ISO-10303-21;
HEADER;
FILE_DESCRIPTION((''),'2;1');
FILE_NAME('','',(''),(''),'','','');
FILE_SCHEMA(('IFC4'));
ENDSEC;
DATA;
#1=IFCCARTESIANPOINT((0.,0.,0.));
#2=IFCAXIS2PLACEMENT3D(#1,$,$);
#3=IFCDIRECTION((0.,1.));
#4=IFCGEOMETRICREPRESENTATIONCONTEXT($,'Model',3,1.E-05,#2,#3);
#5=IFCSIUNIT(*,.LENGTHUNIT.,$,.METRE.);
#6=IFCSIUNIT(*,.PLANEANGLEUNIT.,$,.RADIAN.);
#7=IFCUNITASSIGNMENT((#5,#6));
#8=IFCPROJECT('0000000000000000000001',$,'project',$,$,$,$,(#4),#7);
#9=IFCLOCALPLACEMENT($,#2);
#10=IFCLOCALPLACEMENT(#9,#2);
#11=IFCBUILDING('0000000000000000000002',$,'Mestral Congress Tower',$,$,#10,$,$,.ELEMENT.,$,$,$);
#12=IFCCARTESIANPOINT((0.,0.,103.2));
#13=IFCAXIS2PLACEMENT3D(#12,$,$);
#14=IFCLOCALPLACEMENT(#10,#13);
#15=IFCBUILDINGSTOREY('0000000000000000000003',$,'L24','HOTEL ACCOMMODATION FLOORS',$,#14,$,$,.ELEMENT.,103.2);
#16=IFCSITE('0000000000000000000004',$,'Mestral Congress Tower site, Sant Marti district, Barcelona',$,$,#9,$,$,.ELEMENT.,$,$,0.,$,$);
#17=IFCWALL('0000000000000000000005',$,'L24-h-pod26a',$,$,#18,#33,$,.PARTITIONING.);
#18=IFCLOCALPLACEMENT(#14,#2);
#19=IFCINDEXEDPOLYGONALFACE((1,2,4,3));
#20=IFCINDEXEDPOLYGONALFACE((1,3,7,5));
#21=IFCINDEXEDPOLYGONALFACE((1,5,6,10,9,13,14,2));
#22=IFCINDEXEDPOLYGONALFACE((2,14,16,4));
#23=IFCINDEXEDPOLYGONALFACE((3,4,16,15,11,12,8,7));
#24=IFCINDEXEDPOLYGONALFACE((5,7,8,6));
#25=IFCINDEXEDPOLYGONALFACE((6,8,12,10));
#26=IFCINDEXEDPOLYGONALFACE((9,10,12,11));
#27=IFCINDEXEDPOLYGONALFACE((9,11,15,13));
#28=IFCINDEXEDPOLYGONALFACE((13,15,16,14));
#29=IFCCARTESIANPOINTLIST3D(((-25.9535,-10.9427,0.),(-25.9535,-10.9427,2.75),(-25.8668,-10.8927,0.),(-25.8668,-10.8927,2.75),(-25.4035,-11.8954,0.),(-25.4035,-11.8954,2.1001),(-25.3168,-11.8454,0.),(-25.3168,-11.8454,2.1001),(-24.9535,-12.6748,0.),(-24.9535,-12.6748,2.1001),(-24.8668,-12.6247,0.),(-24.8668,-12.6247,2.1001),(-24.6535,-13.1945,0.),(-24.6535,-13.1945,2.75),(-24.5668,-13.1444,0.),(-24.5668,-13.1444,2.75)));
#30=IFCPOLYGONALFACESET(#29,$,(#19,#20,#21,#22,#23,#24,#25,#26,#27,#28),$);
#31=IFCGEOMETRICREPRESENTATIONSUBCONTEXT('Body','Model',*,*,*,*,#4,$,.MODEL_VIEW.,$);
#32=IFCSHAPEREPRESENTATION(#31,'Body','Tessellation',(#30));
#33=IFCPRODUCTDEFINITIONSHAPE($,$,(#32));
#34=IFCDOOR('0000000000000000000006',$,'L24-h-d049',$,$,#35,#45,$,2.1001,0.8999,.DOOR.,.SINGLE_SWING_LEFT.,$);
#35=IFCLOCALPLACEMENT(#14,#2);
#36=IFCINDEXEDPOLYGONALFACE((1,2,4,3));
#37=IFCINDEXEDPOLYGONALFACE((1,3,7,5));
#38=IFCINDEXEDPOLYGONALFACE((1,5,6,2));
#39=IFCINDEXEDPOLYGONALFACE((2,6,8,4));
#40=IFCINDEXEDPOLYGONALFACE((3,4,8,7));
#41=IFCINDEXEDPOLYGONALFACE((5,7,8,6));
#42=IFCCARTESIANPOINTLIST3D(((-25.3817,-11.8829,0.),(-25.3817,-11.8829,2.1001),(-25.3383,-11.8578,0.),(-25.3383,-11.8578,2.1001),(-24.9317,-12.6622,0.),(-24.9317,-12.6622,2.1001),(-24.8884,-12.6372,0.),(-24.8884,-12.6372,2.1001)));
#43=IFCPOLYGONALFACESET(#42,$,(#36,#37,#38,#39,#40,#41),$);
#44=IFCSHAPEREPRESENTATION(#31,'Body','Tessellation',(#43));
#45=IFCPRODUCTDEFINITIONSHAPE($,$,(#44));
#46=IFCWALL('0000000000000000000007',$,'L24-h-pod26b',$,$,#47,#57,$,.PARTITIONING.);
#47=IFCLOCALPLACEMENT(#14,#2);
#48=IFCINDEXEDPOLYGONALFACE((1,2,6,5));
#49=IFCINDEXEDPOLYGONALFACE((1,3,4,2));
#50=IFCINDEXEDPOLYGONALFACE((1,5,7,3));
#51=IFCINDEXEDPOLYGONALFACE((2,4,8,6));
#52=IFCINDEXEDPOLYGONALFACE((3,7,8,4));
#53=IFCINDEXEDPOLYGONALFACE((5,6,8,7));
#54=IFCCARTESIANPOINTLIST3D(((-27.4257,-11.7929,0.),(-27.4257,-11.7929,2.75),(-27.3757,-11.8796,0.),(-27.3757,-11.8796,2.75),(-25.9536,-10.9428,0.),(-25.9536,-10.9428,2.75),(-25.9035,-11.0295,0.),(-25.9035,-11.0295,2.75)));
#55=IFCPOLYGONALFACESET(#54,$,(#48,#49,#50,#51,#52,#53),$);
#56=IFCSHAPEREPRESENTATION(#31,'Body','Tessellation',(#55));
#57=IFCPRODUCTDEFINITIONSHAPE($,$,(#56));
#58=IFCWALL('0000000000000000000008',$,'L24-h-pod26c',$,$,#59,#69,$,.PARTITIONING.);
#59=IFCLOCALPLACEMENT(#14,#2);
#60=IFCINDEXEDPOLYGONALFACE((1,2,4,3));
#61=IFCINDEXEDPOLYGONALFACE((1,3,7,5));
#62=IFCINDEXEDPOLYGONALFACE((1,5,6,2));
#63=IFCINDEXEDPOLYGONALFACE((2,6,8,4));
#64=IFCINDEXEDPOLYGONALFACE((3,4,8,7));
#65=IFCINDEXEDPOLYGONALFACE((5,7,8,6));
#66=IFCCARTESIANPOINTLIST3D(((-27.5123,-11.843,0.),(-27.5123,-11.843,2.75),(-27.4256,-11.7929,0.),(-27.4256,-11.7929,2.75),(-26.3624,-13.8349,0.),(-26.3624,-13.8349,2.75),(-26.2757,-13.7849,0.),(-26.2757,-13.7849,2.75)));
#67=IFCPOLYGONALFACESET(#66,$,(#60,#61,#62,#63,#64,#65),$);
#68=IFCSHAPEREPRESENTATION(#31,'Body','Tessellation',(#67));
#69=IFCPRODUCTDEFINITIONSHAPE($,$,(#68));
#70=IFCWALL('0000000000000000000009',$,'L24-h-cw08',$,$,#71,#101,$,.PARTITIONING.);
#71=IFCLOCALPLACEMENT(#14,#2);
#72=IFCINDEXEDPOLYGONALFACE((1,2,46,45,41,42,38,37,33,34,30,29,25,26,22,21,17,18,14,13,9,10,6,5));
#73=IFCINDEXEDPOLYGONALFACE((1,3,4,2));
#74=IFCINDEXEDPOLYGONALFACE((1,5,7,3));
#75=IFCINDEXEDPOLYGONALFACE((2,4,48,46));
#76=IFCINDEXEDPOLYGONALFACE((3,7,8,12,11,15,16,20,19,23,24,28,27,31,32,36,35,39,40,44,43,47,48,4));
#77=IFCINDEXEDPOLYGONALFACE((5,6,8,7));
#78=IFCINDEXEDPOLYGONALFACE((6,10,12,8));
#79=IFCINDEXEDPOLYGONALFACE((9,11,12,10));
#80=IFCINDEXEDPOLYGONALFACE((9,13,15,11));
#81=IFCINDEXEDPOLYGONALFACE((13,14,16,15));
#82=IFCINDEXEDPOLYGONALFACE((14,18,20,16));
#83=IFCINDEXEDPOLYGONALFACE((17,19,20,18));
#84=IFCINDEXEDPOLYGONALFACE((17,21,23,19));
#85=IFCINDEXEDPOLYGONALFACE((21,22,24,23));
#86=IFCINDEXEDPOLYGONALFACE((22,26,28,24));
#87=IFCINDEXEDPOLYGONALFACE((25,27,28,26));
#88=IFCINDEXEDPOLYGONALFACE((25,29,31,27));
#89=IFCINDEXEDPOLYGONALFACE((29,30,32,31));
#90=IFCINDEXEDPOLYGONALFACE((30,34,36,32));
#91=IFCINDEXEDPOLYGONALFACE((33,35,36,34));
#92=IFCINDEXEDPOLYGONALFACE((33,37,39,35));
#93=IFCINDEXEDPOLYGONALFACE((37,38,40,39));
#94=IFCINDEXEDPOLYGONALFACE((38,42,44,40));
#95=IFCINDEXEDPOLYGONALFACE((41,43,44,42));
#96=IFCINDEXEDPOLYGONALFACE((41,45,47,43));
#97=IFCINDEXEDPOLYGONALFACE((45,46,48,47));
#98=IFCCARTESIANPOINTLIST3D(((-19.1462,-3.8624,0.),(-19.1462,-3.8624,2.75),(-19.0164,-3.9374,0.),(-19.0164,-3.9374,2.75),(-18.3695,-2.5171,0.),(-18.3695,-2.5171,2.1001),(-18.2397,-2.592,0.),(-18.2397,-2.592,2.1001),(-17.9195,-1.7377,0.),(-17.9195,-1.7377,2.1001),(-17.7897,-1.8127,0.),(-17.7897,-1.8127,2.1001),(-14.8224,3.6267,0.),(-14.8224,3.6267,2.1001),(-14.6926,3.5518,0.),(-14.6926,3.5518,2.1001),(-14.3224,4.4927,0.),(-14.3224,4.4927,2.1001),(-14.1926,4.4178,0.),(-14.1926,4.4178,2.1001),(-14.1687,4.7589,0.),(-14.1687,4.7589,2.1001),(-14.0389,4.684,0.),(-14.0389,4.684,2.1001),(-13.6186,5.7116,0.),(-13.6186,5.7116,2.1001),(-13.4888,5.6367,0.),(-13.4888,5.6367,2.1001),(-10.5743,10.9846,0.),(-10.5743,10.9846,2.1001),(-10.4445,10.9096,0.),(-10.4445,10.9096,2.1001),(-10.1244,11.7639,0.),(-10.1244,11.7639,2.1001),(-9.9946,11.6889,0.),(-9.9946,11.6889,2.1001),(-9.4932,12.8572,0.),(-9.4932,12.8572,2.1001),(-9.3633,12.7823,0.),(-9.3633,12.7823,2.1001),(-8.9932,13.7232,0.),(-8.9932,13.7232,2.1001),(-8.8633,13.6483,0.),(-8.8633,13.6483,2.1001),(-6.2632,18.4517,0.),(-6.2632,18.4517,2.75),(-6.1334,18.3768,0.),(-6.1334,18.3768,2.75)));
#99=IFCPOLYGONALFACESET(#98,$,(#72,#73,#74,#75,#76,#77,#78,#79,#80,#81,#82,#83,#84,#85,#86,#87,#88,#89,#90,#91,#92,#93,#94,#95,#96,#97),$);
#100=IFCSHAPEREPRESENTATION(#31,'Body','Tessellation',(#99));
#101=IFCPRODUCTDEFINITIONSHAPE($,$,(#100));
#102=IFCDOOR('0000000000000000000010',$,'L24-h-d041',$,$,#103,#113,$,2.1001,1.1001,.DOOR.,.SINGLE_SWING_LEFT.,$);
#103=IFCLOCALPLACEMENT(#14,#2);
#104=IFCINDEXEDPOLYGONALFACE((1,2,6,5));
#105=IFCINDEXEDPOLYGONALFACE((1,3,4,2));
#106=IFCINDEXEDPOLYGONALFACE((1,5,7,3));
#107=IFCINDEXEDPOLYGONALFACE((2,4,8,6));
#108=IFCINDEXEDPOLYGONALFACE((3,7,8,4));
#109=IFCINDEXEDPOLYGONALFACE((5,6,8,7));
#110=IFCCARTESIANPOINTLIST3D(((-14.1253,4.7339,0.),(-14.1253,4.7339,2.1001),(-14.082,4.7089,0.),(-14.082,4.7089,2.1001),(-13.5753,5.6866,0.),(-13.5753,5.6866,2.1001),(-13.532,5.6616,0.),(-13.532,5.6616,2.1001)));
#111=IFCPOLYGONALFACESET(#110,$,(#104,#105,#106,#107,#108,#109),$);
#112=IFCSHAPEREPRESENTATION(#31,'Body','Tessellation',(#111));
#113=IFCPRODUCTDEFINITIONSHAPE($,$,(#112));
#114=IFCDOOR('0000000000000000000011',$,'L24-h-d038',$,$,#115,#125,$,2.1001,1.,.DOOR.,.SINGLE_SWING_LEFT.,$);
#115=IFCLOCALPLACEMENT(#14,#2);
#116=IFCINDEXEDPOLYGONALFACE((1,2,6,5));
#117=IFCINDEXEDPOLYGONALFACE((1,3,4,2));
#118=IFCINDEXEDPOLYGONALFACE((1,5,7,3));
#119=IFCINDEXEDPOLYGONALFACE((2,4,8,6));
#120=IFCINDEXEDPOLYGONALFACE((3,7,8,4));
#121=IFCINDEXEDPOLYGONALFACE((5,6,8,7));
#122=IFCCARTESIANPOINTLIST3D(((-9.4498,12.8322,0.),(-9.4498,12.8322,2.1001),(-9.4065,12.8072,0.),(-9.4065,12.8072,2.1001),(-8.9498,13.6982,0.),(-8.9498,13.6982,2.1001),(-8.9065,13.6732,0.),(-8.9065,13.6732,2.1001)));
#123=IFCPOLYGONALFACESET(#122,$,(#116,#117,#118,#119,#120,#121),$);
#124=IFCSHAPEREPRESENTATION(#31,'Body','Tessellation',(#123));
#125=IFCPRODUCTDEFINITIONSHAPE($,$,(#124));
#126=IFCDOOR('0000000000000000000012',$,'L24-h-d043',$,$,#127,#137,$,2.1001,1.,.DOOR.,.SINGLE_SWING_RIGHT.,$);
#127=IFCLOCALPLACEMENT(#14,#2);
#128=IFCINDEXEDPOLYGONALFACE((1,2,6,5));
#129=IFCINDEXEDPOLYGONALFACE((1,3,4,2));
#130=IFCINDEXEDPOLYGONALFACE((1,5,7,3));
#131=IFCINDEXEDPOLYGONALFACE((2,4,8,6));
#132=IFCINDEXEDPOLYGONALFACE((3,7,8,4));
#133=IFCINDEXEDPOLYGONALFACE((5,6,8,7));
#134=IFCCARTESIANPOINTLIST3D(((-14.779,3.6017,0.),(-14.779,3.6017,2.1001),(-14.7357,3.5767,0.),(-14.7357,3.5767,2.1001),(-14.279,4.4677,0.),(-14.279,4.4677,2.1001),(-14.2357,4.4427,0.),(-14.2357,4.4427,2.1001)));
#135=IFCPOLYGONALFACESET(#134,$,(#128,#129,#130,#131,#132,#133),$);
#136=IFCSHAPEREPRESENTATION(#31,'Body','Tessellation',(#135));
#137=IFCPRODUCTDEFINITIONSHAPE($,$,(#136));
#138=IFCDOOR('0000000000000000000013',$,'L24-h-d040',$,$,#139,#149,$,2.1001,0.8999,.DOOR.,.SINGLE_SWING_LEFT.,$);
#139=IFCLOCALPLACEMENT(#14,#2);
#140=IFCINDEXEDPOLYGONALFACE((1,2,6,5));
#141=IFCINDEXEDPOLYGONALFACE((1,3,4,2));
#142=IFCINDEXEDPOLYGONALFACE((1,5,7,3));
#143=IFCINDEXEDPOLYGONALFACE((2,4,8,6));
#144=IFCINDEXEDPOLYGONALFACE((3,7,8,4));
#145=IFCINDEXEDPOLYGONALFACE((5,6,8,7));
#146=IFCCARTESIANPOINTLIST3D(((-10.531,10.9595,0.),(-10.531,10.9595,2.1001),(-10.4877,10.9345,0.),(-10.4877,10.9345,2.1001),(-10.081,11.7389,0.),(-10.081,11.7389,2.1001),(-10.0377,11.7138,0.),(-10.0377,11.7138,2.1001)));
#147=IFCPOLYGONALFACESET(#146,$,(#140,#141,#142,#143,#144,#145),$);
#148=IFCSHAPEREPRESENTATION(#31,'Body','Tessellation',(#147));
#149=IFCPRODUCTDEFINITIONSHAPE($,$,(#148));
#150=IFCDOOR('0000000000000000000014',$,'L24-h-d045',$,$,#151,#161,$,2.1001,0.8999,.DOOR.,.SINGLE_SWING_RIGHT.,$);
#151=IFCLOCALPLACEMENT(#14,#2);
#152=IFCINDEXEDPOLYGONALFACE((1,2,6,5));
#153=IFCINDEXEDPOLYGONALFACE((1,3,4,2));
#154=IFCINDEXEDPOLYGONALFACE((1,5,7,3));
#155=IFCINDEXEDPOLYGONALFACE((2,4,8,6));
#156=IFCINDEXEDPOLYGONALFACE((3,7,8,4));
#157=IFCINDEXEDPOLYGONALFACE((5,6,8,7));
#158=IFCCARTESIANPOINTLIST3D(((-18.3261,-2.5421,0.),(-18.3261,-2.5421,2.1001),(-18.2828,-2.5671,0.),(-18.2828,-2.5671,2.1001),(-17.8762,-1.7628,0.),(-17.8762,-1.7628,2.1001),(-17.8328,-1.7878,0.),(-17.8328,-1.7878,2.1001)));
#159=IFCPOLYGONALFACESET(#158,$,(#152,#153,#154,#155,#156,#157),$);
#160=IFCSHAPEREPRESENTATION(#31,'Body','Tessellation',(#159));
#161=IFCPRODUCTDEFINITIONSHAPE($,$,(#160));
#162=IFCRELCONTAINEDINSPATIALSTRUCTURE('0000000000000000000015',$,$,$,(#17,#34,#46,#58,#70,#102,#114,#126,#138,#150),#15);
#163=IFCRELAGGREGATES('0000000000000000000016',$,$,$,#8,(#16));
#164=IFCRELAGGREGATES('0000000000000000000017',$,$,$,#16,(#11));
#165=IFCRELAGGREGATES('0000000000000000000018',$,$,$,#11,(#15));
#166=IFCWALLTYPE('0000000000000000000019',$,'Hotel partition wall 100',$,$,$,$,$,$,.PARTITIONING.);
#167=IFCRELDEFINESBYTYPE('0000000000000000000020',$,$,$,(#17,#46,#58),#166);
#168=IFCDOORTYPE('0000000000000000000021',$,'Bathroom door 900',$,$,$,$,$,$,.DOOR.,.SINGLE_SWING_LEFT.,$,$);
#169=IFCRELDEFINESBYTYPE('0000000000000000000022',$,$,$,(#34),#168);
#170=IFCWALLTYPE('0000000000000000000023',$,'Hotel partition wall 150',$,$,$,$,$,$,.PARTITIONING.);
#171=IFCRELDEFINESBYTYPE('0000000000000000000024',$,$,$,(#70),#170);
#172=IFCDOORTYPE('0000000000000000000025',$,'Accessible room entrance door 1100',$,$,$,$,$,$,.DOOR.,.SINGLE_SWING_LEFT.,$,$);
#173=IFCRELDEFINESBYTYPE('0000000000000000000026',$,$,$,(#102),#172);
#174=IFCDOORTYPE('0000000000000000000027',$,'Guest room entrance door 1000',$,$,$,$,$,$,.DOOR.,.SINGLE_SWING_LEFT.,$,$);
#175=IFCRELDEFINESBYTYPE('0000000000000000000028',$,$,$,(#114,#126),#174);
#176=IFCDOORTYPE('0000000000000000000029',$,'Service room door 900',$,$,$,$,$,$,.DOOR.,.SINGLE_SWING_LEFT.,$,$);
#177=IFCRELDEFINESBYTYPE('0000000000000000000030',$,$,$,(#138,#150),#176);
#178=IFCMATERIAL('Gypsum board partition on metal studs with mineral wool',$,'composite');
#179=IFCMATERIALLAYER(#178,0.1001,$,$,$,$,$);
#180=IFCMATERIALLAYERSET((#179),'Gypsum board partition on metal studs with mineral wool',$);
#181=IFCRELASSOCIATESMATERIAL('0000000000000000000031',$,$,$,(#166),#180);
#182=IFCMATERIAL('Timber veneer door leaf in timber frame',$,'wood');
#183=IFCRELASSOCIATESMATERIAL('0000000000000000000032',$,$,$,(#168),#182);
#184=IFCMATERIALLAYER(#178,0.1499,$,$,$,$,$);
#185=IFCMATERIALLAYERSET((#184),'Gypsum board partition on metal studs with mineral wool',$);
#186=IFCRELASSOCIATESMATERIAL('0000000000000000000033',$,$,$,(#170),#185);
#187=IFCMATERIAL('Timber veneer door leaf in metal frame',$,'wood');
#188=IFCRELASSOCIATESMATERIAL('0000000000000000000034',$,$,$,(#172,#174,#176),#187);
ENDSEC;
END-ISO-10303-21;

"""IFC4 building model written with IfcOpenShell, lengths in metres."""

from ifc_helpers import new_model, si_unit, direction, frame, frame_2d, origin, place, context, subcontext, project, spatial, rectangle, extrude, material, layer, layer_set, type_object, element, fill, save


model = new_model("IFC4")

# Units and contexts
model_context = context("Model", 3, precision=1e-05, world=origin(), true_north=direction((0.0, 1.0)))
body_context = subcontext(model_context, "Body", "Model", "MODEL_VIEW")
ifc_project = project(units=[si_unit("LENGTHUNIT", "METRE"), si_unit("PLANEANGLEUNIT", "RADIAN")], contexts=[model_context])

# Site, building, storey
site_placement = place(None, origin())
site = spatial("IfcSite", under=ifc_project, at=site_placement, Name="Mestral Congress Tower site, Sant Marti district, Barcelona", CompositionType="ELEMENT", RefElevation=0.0)
building_placement = place(site_placement, origin())
building = spatial("IfcBuilding", under=site, at=building_placement, Name="Mestral Congress Tower", CompositionType="ELEMENT")
storey_placement = place(building_placement, frame((0.0, 0.0, 103.2)))
storey = spatial("IfcBuildingStorey", under=building, at=storey_placement, Name="L24", Description="HOTEL ACCOMMODATION FLOORS", CompositionType="ELEMENT", Elevation=103.2)

# Shared definitions
ifc_material_1 = material(Name="Gypsum board partition on metal studs with mineral wool", Category="composite")
ifc_layer_1 = layer(ifc_material_1, 0.1001)
ifc_layer_set_1 = layer_set([ifc_layer_1], Name="Gypsum board partition on metal studs with mineral wool")
wall_type_1 = type_object("IfcWallType", Name="Hotel partition wall 100", PredefinedType="PARTITIONING", material=ifc_layer_set_1)
ifc_material_2 = material(Name="Timber veneer door leaf in timber frame", Category="wood")
door_type_1 = type_object("IfcDoorType", Name="Bathroom door 900", OperationType="SINGLE_SWING_LEFT", PredefinedType="DOOR", material=ifc_material_2)

# Wall, opening, door
wall_1_placement = place(storey_placement, frame((-24.6101, -13.1694, 0.0), z_axis=(0.0, 0.0, 1.0), x_axis=(-0.500007, 0.866021, 0.0)))
wall_1 = element("IfcWall", 1, at=wall_1_placement, inside=storey, type_object=wall_type_1, Name="L24-h-pod26a", PredefinedType="PARTITIONING", context=body_context, shape_type="SweptSolid", body=[
    extrude(rectangle(XDim=2.6001, YDim=0.1001, at=frame_2d((1.3, 0.0))), origin(), (0.0, 0.0, 1.0), 2.75),
])
opening_1_placement = place(wall_1_placement, frame((0.6001, 0.0, 0.0)))
opening_1 = element("IfcOpeningElement", 2, at=opening_1_placement, cuts=wall_1, PredefinedType="OPENING", context=body_context, shape_type="SweptSolid", body=[
    extrude(rectangle(XDim=0.8999, YDim=2.1001, at=frame_2d((0.45, 1.05))), frame((0.0, 0.0601, 0.0), z_axis=(0.0, -1.0, 0.0), x_axis=(1.0, 0.0, 0.0)), (0.0, 0.0, 1.0), 0.1201),
])
door_1_placement = place(opening_1_placement, origin())
door_1 = element("IfcDoor", 3, at=door_1_placement, inside=storey, type_object=door_type_1, Name="L24-h-d049", OperationType="SINGLE_SWING_LEFT", OverallHeight=2.1001, OverallWidth=0.8999, PredefinedType="DOOR", context=body_context, shape_type="SweptSolid", body=[
    extrude(rectangle(XDim=0.8999, YDim=2.1001, at=frame_2d((0.45, 1.05))), frame((0.0, 0.0249, 0.0), z_axis=(0.0, -1.0, 0.0), x_axis=(1.0, 0.0, 0.0)), (0.0, 0.0, 1.0), 0.05),
])
fill(opening_1, door_1)

# Walls
wall_2_placement = place(storey_placement, frame((-25.9285, -10.9861, 0.0), z_axis=(0.0, 0.0, 1.0), x_axis=(-0.865989, -0.500062, 0.0)))
element("IfcWall", 4, at=wall_2_placement, inside=storey, type_object=wall_type_1, Name="L24-h-pod26b", PredefinedType="PARTITIONING", context=body_context, shape_type="SweptSolid", body=[
    extrude(rectangle(XDim=1.7, YDim=0.1001, at=frame_2d((0.8501, 0.0))), origin(), (0.0, 0.0, 1.0), 2.75),
])
wall_3_placement = place(storey_placement, frame((-26.3191, -13.8098, 0.0), z_axis=(0.0, 0.0, 1.0), x_axis=(-0.499952, 0.866053, 0.0)))
element("IfcWall", 5, at=wall_3_placement, inside=storey, type_object=wall_type_1, Name="L24-h-pod26c", PredefinedType="PARTITIONING", context=body_context, shape_type="SweptSolid", body=[
    extrude(rectangle(XDim=2.3, YDim=0.1001, at=frame_2d((1.1499, 0.0))), origin(), (0.0, 0.0, 1.0), 2.75),
])

# Wall, openings, doors
ifc_layer_2 = layer(ifc_material_1, 0.1499)
ifc_layer_set_2 = layer_set([ifc_layer_2], Name="Gypsum board partition on metal studs with mineral wool")
wall_type_2 = type_object("IfcWallType", Name="Hotel partition wall 150", PredefinedType="PARTITIONING", material=ifc_layer_set_2)
wall_4_placement = place(storey_placement, frame((-19.0813, -3.8999, 0.0), z_axis=(0.0, 0.0, 1.0), x_axis=(0.499998, 0.866026, 0.0)))
wall_4 = element("IfcWall", 6, at=wall_4_placement, inside=storey, type_object=wall_type_2, Name="L24-h-cw08", PredefinedType="PARTITIONING", context=body_context, shape_type="SweptSolid", body=[
    extrude(rectangle(XDim=25.7661, YDim=0.1499, at=frame_2d((12.8831, 0.0))), origin(), (0.0, 0.0, 1.0), 2.75),
])
opening_2_placement = place(wall_4_placement, frame((19.3062, 0.0, 0.0)))
opening_2 = element("IfcOpeningElement", 7, at=opening_2_placement, cuts=wall_4, PredefinedType="OPENING", context=body_context, shape_type="SweptSolid", body=[
    extrude(rectangle(XDim=1.0, YDim=2.1001, at=frame_2d((0.5, 1.05))), frame((0.0, 0.085, 0.0), z_axis=(0.0, -1.0, 0.0), x_axis=(1.0, 0.0, 0.0)), (0.0, 0.0, 1.0), 0.1699),
])
opening_3_placement = place(wall_4_placement, frame((17.1438, 0.0, 0.0)))
opening_3 = element("IfcOpeningElement", 8, at=opening_3_placement, cuts=wall_4, PredefinedType="OPENING", context=body_context, shape_type="SweptSolid", body=[
    extrude(rectangle(XDim=0.8999, YDim=2.1001, at=frame_2d((0.45, 1.05))), frame((0.0, 0.085, 0.0), z_axis=(0.0, -1.0, 0.0), x_axis=(1.0, 0.0, 0.0)), (0.0, 0.0, 1.0), 0.1699),
])
opening_4_placement = place(wall_4_placement, frame((9.9551, 0.0, 0.0)))
opening_4 = element("IfcOpeningElement", 9, at=opening_4_placement, cuts=wall_4, PredefinedType="OPENING", context=body_context, shape_type="SweptSolid", body=[
    extrude(rectangle(XDim=1.1001, YDim=2.1001, at=frame_2d((0.55, 1.05))), frame((0.0, 0.085, 0.0), z_axis=(0.0, -1.0, 0.0), x_axis=(1.0, 0.0, 0.0)), (0.0, 0.0, 1.0), 0.1699),
])
opening_5_placement = place(wall_4_placement, frame((8.6477, 0.0, 0.0)))
opening_5 = element("IfcOpeningElement", 10, at=opening_5_placement, cuts=wall_4, PredefinedType="OPENING", context=body_context, shape_type="SweptSolid", body=[
    extrude(rectangle(XDim=1.0, YDim=2.1001, at=frame_2d((0.5, 1.05))), frame((0.0, 0.085, 0.0), z_axis=(0.0, -1.0, 0.0), x_axis=(1.0, 0.0, 0.0)), (0.0, 0.0, 1.0), 0.1699),
])
opening_6_placement = place(wall_4_placement, frame((1.5535, 0.0, 0.0)))
opening_6 = element("IfcOpeningElement", 11, at=opening_6_placement, cuts=wall_4, PredefinedType="OPENING", context=body_context, shape_type="SweptSolid", body=[
    extrude(rectangle(XDim=0.8999, YDim=2.1001, at=frame_2d((0.45, 1.05))), frame((0.0, 0.085, 0.0), z_axis=(0.0, -1.0, 0.0), x_axis=(1.0, 0.0, 0.0)), (0.0, 0.0, 1.0), 0.1699),
])
ifc_material_3 = material(Name="Timber veneer door leaf in metal frame", Category="wood")
door_type_2 = type_object("IfcDoorType", Name="Accessible room entrance door 1100", OperationType="SINGLE_SWING_LEFT", PredefinedType="DOOR", material=ifc_material_3)
door_2_placement = place(opening_4_placement, origin())
door_2 = element("IfcDoor", 12, at=door_2_placement, inside=storey, type_object=door_type_2, Name="L24-h-d041", OperationType="SINGLE_SWING_LEFT", OverallHeight=2.1001, OverallWidth=1.1001, PredefinedType="DOOR", context=body_context, shape_type="SweptSolid", body=[
    extrude(rectangle(XDim=1.1001, YDim=2.1001, at=frame_2d((0.55, 1.05))), frame((0.0, 0.0249, 0.0), z_axis=(0.0, -1.0, 0.0), x_axis=(1.0, 0.0, 0.0)), (0.0, 0.0, 1.0), 0.05),
])
fill(opening_4, door_2)
door_type_3 = type_object("IfcDoorType", Name="Guest room entrance door 1000", OperationType="SINGLE_SWING_LEFT", PredefinedType="DOOR", material=ifc_material_3)
door_3_placement = place(opening_2_placement, origin())
door_3 = element("IfcDoor", 13, at=door_3_placement, inside=storey, type_object=door_type_3, Name="L24-h-d038", OperationType="SINGLE_SWING_LEFT", OverallHeight=2.1001, OverallWidth=1.0, PredefinedType="DOOR", context=body_context, shape_type="SweptSolid", body=[
    extrude(rectangle(XDim=1.0, YDim=2.1001, at=frame_2d((0.5, 1.05))), frame((0.0, 0.0249, 0.0), z_axis=(0.0, -1.0, 0.0), x_axis=(1.0, 0.0, 0.0)), (0.0, 0.0, 1.0), 0.05),
])
fill(opening_2, door_3)
door_4_placement = place(opening_5_placement, origin())
door_4 = element("IfcDoor", 14, at=door_4_placement, inside=storey, type_object=door_type_3, Name="L24-h-d043", OperationType="SINGLE_SWING_RIGHT", OverallHeight=2.1001, OverallWidth=1.0, PredefinedType="DOOR", context=body_context, shape_type="SweptSolid", body=[
    extrude(rectangle(XDim=1.0, YDim=2.1001, at=frame_2d((0.5, 1.05))), frame((0.0, 0.0249, 0.0), z_axis=(0.0, -1.0, 0.0), x_axis=(1.0, 0.0, 0.0)), (0.0, 0.0, 1.0), 0.05),
])
fill(opening_5, door_4)
door_type_4 = type_object("IfcDoorType", Name="Service room door 900", OperationType="SINGLE_SWING_LEFT", PredefinedType="DOOR", material=ifc_material_3)
door_5_placement = place(opening_3_placement, origin())
door_5 = element("IfcDoor", 15, at=door_5_placement, inside=storey, type_object=door_type_4, Name="L24-h-d040", OperationType="SINGLE_SWING_LEFT", OverallHeight=2.1001, OverallWidth=0.8999, PredefinedType="DOOR", context=body_context, shape_type="SweptSolid", body=[
    extrude(rectangle(XDim=0.8999, YDim=2.1001, at=frame_2d((0.45, 1.05))), frame((0.0, 0.0249, 0.0), z_axis=(0.0, -1.0, 0.0), x_axis=(1.0, 0.0, 0.0)), (0.0, 0.0, 1.0), 0.05),
])
fill(opening_3, door_5)
door_6_placement = place(opening_6_placement, origin())
door_6 = element("IfcDoor", 16, at=door_6_placement, inside=storey, type_object=door_type_4, Name="L24-h-d045", OperationType="SINGLE_SWING_RIGHT", OverallHeight=2.1001, OverallWidth=0.8999, PredefinedType="DOOR", context=body_context, shape_type="SweptSolid", body=[
    extrude(rectangle(XDim=0.8999, YDim=2.1001, at=frame_2d((0.45, 1.05))), frame((0.0, 0.0249, 0.0), z_axis=(0.0, -1.0, 0.0), x_axis=(1.0, 0.0, 0.0)), (0.0, 0.0, 1.0), 0.05),
])
fill(opening_6, door_6)

save(model, "model.ifc")
